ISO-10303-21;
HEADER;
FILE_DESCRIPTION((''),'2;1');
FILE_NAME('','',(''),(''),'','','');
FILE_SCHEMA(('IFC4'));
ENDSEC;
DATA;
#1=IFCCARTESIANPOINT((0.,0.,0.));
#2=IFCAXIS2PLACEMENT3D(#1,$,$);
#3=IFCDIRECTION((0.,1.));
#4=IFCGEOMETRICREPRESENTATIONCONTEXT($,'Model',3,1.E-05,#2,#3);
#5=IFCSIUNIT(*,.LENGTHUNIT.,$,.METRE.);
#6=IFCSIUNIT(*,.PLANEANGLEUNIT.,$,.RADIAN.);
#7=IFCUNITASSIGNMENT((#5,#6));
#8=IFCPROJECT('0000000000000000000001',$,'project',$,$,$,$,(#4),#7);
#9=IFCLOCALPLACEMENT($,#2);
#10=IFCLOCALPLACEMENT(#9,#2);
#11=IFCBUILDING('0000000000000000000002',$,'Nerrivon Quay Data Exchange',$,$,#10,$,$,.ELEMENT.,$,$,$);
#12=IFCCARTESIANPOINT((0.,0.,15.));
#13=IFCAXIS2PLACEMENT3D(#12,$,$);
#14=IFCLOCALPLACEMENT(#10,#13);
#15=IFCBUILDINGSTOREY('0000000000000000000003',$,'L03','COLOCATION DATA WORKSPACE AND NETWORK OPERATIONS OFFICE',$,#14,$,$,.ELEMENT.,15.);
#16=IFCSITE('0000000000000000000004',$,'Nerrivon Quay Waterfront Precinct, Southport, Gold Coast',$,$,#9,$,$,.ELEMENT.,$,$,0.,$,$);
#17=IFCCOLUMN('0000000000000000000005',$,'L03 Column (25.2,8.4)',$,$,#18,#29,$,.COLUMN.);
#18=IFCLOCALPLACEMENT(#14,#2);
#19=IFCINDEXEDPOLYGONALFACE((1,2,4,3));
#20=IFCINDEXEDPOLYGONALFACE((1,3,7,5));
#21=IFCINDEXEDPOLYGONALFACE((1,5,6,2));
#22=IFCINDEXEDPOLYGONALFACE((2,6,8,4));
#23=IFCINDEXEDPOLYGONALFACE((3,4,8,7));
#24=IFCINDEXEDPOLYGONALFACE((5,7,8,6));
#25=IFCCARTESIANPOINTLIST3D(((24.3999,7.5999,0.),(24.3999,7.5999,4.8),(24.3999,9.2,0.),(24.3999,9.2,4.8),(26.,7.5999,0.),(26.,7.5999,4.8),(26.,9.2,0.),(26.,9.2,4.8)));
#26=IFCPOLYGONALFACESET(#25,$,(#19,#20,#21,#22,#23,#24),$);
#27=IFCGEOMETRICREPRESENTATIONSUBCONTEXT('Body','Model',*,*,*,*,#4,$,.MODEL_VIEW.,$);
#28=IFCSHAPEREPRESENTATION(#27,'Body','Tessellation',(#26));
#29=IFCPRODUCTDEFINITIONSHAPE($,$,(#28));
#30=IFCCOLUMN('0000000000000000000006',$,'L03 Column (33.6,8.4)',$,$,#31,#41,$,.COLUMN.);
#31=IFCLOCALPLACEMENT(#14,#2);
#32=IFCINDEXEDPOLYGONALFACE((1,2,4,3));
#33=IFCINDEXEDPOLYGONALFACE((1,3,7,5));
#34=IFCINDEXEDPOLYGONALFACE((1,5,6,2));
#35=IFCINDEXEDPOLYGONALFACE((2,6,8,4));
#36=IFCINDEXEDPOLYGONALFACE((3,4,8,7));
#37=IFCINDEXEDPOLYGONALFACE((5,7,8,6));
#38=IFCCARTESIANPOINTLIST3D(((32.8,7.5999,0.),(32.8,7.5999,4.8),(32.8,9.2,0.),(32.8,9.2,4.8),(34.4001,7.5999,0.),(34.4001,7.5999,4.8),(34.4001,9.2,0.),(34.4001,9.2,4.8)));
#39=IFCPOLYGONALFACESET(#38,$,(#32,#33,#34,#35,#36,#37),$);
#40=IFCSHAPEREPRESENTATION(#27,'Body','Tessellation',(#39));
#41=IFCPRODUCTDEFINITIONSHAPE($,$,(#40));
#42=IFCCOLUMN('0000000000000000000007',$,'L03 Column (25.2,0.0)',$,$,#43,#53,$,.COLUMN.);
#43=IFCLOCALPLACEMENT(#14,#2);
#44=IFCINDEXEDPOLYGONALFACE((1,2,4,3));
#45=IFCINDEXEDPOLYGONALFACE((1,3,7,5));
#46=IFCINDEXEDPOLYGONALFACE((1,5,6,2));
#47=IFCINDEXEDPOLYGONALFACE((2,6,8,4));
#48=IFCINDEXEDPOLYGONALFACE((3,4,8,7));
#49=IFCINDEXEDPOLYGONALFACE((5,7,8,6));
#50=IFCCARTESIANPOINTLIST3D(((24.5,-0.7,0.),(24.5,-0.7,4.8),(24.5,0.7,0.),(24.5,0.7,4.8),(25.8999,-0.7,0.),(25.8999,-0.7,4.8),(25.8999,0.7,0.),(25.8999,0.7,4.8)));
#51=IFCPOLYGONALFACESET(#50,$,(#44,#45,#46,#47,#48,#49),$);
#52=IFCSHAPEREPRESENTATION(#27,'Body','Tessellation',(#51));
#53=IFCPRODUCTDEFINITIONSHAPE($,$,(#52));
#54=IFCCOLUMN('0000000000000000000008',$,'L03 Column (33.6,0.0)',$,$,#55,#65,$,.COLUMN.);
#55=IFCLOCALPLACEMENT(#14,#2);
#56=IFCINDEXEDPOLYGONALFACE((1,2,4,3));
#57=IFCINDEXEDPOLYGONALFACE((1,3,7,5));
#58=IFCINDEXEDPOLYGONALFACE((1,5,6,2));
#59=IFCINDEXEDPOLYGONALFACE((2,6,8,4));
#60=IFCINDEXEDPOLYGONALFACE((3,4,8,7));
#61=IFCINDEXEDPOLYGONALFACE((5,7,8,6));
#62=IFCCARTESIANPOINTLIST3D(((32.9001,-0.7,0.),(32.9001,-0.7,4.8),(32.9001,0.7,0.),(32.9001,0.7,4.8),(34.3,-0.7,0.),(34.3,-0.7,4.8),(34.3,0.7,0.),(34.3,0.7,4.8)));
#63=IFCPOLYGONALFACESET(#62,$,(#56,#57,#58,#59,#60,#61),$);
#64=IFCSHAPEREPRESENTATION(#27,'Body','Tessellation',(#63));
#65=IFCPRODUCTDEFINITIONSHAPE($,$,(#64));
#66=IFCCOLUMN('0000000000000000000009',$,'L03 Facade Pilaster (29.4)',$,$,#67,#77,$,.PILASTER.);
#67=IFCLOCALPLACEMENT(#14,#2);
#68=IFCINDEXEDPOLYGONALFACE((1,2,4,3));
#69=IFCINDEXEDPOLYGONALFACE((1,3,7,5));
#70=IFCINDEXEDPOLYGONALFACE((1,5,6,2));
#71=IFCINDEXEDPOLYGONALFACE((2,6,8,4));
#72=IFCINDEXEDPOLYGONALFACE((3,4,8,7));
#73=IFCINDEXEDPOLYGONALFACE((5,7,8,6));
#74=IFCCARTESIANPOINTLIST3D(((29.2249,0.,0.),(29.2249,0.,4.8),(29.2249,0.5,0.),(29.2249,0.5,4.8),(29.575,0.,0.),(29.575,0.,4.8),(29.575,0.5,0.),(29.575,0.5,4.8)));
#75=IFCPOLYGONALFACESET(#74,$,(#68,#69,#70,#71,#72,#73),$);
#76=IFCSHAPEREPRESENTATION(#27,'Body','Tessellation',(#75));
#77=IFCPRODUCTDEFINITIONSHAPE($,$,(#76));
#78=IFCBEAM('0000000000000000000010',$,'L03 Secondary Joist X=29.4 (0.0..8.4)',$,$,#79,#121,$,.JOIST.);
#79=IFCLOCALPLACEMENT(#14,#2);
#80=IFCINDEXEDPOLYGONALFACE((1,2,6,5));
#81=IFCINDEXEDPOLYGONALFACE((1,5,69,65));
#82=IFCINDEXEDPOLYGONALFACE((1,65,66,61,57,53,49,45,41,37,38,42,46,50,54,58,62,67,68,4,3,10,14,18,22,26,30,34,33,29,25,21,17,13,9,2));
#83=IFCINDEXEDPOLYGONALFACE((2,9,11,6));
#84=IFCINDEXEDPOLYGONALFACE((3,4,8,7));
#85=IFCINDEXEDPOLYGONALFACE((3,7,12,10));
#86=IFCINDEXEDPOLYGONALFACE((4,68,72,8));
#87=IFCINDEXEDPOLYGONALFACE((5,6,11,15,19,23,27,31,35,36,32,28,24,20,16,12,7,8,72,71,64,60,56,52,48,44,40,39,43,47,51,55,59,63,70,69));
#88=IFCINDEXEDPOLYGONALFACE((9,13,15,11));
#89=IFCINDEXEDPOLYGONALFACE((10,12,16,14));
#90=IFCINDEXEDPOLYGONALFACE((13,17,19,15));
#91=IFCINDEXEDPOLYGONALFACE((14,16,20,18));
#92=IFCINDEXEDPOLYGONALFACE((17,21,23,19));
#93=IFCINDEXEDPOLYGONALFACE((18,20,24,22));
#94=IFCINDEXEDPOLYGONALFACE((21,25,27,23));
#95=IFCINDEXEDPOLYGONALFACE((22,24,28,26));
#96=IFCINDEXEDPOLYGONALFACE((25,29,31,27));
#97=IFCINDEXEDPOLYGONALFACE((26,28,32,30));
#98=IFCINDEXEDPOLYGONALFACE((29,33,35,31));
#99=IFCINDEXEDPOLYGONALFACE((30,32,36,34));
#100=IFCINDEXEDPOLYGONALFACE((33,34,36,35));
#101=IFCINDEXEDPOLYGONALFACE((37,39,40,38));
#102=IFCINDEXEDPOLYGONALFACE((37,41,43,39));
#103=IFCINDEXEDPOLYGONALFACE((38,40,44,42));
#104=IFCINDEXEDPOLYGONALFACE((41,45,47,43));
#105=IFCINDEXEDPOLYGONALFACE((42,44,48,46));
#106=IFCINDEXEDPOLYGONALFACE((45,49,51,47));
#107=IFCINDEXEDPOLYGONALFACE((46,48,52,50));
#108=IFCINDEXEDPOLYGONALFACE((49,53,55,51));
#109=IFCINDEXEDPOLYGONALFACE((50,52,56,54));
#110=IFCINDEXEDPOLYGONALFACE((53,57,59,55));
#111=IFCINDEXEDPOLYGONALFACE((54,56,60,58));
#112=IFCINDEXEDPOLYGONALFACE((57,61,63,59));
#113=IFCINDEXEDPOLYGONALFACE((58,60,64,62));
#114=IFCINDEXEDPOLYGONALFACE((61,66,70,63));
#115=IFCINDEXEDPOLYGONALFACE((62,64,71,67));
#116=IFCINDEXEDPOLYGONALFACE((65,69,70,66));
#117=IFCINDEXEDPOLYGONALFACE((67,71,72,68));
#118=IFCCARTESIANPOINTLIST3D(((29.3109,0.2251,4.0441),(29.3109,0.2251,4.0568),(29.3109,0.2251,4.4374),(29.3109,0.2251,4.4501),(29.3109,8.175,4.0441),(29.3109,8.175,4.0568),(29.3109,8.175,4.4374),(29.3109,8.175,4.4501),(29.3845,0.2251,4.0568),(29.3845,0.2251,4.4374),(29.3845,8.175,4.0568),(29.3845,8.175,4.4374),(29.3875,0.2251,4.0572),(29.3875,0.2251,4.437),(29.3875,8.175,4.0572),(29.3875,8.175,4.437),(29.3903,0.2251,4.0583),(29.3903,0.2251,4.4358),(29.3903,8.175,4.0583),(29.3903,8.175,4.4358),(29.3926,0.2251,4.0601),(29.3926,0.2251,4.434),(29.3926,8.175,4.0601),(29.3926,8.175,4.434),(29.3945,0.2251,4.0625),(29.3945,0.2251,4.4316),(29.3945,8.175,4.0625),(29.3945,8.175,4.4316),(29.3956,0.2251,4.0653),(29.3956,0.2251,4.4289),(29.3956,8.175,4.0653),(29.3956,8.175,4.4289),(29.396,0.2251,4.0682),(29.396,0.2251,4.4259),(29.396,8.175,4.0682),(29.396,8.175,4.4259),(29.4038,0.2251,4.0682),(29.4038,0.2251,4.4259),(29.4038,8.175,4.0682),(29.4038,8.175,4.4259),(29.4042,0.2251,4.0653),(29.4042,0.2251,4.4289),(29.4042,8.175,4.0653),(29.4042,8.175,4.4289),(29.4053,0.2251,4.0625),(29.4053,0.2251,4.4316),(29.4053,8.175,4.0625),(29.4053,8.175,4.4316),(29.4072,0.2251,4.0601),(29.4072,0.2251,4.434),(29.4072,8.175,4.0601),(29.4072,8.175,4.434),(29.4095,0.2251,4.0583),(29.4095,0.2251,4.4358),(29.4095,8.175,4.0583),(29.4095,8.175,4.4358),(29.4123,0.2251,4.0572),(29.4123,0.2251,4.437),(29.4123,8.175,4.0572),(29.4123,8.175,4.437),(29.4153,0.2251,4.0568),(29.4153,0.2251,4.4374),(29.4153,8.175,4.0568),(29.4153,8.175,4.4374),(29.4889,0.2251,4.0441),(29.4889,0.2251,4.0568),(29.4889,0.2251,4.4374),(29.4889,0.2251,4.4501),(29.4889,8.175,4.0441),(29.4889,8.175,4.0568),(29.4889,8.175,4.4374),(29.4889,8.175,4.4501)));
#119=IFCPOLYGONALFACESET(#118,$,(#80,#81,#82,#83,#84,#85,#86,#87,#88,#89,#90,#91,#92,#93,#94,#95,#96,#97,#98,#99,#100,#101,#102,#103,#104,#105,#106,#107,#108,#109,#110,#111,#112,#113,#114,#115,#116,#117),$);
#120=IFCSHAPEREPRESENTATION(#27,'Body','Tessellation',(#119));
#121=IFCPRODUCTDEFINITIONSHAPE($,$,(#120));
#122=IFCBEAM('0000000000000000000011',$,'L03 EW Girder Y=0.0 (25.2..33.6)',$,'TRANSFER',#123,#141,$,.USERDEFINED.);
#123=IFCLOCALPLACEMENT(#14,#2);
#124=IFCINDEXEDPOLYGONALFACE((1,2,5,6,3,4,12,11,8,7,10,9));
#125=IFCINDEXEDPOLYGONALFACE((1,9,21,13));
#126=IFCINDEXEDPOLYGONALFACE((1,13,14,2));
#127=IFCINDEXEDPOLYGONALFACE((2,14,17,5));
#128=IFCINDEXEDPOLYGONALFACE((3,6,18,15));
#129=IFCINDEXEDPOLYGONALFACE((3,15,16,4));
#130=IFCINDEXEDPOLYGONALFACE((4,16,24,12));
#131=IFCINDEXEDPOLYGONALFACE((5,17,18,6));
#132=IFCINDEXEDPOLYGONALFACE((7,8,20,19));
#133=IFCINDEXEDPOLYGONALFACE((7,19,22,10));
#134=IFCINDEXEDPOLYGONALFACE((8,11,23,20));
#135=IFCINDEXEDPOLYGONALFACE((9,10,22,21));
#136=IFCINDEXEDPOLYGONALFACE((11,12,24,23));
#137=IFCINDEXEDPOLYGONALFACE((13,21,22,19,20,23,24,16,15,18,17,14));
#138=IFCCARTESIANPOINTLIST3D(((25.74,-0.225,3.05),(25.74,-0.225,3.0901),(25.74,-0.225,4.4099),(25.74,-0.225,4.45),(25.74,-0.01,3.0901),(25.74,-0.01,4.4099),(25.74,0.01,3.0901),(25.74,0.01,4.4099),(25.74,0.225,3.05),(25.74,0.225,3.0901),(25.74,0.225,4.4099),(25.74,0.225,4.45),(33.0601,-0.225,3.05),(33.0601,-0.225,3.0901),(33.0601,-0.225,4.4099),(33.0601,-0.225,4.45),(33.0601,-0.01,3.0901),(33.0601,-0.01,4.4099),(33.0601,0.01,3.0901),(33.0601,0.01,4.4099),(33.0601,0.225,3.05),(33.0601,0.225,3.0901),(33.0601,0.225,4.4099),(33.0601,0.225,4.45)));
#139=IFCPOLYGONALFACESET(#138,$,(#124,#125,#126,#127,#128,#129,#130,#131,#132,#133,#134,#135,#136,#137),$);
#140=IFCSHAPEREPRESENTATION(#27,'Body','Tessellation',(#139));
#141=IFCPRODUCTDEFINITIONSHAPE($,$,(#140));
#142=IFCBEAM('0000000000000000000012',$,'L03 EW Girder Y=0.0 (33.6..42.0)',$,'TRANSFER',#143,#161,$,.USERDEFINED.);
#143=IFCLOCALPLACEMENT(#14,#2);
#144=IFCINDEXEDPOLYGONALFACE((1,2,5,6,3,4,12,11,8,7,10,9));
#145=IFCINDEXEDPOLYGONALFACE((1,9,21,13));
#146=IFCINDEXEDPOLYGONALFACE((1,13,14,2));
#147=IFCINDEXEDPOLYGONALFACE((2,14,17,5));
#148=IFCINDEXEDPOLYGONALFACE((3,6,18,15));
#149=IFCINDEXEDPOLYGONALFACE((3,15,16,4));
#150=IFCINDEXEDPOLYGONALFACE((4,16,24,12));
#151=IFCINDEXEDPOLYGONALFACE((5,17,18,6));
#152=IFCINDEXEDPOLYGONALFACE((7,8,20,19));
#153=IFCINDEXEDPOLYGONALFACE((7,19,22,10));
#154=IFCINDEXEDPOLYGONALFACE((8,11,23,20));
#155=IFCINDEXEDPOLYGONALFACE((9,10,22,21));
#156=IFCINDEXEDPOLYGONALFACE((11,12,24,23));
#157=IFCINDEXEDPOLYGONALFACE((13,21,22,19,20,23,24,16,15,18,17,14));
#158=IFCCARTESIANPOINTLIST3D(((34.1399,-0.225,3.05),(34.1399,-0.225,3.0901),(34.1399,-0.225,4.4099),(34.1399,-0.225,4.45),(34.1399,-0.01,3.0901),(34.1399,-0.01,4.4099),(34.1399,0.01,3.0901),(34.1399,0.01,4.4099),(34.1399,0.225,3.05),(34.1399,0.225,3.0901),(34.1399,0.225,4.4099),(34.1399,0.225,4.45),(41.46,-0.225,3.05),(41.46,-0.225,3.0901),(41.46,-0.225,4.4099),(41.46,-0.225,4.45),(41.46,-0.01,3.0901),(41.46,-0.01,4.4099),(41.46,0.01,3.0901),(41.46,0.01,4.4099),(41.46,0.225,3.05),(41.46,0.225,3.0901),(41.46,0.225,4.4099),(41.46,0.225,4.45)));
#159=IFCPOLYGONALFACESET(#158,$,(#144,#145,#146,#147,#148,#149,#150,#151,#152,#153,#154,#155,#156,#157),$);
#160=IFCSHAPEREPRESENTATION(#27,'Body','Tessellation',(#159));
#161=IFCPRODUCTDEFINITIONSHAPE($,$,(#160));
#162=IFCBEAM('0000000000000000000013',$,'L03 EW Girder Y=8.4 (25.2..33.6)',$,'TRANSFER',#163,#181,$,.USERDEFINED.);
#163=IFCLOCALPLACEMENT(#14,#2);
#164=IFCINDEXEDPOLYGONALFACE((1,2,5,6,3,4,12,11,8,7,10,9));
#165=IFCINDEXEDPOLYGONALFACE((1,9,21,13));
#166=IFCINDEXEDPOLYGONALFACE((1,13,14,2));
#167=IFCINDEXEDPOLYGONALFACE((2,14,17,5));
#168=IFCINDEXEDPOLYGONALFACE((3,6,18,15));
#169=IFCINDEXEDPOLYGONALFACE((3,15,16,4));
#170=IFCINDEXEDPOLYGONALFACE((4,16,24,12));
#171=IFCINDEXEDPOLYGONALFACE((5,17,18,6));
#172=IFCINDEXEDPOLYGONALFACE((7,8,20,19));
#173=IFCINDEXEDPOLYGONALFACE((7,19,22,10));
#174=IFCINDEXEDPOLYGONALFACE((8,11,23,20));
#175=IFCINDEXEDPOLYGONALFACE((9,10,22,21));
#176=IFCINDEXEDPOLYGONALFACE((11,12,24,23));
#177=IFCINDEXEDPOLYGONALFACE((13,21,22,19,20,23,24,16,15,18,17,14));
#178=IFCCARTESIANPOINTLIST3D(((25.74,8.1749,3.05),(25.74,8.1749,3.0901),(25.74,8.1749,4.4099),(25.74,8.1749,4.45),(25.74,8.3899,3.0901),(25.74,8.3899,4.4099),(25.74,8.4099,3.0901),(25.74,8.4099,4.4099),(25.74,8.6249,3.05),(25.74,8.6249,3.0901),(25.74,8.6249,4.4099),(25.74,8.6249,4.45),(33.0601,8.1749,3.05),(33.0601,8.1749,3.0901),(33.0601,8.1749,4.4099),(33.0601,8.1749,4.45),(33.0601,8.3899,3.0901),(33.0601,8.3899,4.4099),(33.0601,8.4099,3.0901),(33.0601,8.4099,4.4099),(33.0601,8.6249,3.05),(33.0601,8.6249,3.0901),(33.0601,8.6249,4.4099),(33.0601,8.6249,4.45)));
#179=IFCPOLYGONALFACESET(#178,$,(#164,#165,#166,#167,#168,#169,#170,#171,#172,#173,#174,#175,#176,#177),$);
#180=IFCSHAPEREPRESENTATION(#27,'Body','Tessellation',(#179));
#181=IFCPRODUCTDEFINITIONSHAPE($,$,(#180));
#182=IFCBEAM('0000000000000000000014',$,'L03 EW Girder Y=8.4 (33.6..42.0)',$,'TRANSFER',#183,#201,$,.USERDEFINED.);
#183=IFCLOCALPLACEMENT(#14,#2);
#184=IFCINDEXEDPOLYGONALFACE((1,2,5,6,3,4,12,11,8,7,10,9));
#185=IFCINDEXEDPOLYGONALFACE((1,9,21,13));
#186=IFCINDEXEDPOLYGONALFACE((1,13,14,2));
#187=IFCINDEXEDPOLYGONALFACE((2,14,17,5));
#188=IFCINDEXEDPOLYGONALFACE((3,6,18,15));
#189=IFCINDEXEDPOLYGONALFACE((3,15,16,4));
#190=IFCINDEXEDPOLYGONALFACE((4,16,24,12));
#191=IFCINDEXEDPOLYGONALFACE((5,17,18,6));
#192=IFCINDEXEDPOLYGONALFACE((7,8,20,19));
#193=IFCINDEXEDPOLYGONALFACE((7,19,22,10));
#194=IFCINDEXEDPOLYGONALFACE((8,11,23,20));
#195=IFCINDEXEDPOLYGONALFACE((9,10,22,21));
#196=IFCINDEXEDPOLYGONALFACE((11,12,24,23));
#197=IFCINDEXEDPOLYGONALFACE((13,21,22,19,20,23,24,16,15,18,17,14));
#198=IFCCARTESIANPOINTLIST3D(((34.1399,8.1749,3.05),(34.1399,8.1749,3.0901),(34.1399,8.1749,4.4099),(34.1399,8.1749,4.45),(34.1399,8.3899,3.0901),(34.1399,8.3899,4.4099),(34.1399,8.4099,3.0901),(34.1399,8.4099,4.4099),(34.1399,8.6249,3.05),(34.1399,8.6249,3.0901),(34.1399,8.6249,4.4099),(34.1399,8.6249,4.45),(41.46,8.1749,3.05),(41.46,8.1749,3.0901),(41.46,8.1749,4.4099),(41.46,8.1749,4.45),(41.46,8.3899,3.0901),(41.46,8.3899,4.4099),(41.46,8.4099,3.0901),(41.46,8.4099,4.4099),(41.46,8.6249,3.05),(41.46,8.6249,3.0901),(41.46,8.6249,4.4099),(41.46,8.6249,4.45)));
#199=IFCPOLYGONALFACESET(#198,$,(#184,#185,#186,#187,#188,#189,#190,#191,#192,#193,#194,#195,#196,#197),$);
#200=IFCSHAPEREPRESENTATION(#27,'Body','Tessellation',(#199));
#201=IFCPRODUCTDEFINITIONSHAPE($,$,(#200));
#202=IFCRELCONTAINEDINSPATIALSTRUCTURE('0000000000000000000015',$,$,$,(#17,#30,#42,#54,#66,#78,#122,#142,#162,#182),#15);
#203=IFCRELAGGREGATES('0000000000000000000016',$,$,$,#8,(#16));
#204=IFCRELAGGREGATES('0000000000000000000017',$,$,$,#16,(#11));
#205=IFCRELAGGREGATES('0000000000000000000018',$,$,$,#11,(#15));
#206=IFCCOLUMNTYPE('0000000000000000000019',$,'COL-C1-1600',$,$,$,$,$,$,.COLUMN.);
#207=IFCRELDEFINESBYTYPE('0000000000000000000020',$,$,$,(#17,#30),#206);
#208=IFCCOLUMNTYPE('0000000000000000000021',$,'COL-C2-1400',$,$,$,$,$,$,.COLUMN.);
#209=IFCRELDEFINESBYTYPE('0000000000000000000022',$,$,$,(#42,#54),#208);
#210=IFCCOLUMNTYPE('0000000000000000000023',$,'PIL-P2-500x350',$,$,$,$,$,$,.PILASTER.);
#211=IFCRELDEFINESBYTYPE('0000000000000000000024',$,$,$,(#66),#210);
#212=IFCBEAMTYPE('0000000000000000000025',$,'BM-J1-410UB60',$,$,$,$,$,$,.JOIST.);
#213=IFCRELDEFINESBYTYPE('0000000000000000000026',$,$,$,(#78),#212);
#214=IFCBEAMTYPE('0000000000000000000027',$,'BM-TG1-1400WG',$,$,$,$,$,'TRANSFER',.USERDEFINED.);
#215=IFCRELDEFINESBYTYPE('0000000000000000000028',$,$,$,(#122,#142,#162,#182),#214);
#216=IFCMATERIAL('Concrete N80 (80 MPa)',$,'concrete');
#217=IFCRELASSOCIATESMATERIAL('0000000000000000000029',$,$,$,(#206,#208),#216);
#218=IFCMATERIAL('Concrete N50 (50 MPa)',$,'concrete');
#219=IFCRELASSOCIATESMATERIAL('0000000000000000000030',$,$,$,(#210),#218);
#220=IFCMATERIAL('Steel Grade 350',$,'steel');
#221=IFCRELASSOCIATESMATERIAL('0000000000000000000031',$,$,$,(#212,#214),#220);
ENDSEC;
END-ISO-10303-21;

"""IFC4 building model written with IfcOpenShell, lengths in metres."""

from ifc_helpers import new_model, si_unit, direction, frame, origin, origin_2d, place, context, subcontext, project, spatial, rectangle, i_section, extrude, material, material_profile, profile_set, type_object, element, save


model = new_model("IFC4")

# Units and contexts
model_context = context("Model", 3, precision=1e-05, world=origin(), true_north=direction((0.0, 1.0)))
body_context = subcontext(model_context, "Body", "Model", "MODEL_VIEW")
ifc_project = project(units=[si_unit("LENGTHUNIT", "METRE"), si_unit("PLANEANGLEUNIT", "RADIAN")], contexts=[model_context])

# Site, building, storey
site_placement = place(None, origin())
site = spatial("IfcSite", under=ifc_project, at=site_placement, Name="Nerrivon Quay Waterfront Precinct, Southport, Gold Coast", CompositionType="ELEMENT", RefElevation=0.0)
building_placement = place(site_placement, origin())
building = spatial("IfcBuilding", under=site, at=building_placement, Name="Nerrivon Quay Data Exchange", CompositionType="ELEMENT")
storey_placement = place(building_placement, frame((0.0, 0.0, 15.0)))
storey = spatial("IfcBuildingStorey", under=building, at=storey_placement, Name="L03", Description="COLOCATION DATA WORKSPACE AND NETWORK OPERATIONS OFFICE", CompositionType="ELEMENT", Elevation=15.0)

# Columns
ifc_material_1 = material(Name="Concrete N80 (80 MPa)", Category="concrete")
ifc_material_profile_1 = material_profile(ifc_material_1, rectangle(XDim=1.6001, YDim=1.6001, at=origin_2d()), Name="RC-COL-1600x1600")
ifc_profile_set_1 = profile_set([ifc_material_profile_1], Name="Concrete N80 (80 MPa)")
column_type_1 = type_object("IfcColumnType", Name="COL-C1-1600", PredefinedType="COLUMN", material=ifc_profile_set_1)
for number, where, z_axis, x_axis, name in (
    (1, (25.2, 8.3999, 0.0), (0.0, 0.0, 1.0), (1.0, 0.0, 0.0), "L03 Column (25.2,8.4)"),
    (2, (33.6001, 8.3999, 0.0), (0.0, 0.0, 1.0), (1.0, 0.0, 0.0), "L03 Column (33.6,8.4)"),
):
    element("IfcColumn", number, at=place(storey_placement, frame(where, z_axis=z_axis, x_axis=x_axis)), inside=storey, type_object=column_type_1, Name=name, PredefinedType="COLUMN", context=body_context, shape_type="SweptSolid", body=[
        extrude(rectangle(XDim=1.6001, YDim=1.6001, at=origin_2d()), origin(), (0.0, 0.0, 1.0), 4.8),
    ])
ifc_material_profile_2 = material_profile(ifc_material_1, rectangle(XDim=1.3999, YDim=1.3999, at=origin_2d()), Name="RC-COL-1400x1400")
ifc_profile_set_2 = profile_set([ifc_material_profile_2], Name="Concrete N80 (80 MPa)")
column_type_2 = type_object("IfcColumnType", Name="COL-C2-1400", PredefinedType="COLUMN", material=ifc_profile_set_2)
for number, where, z_axis, x_axis, name in (
    (3, (25.2, 0.0, 0.0), (0.0, 0.0, 1.0), (1.0, 0.0, 0.0), "L03 Column (25.2,0.0)"),
    (4, (33.6001, 0.0, 0.0), (0.0, 0.0, 1.0), (1.0, 0.0, 0.0), "L03 Column (33.6,0.0)"),
):
    element("IfcColumn", number, at=place(storey_placement, frame(where, z_axis=z_axis, x_axis=x_axis)), inside=storey, type_object=column_type_2, Name=name, PredefinedType="COLUMN", context=body_context, shape_type="SweptSolid", body=[
        extrude(rectangle(XDim=1.3999, YDim=1.3999, at=origin_2d()), origin(), (0.0, 0.0, 1.0), 4.8),
    ])
ifc_material_2 = material(Name="Concrete N50 (50 MPa)", Category="concrete")
ifc_material_profile_3 = material_profile(ifc_material_2, rectangle(XDim=0.3501, YDim=0.5, at=origin_2d()), Name="RC-PIL-500x350")
ifc_profile_set_3 = profile_set([ifc_material_profile_3], Name="Concrete N50 (50 MPa)")
column_type_3 = type_object("IfcColumnType", Name="PIL-P2-500x350", PredefinedType="PILASTER", material=ifc_profile_set_3)
column_placement = place(storey_placement, frame((29.3999, 0.25, 0.0), z_axis=(0.0, 0.0, 1.0), x_axis=(1.0, 0.0, 0.0)))
element("IfcColumn", 5, at=column_placement, inside=storey, type_object=column_type_3, Name="L03 Facade Pilaster (29.4)", PredefinedType="PILASTER", context=body_context, shape_type="SweptSolid", body=[
    extrude(rectangle(XDim=0.3501, YDim=0.5, at=origin_2d()), origin(), (0.0, 0.0, 1.0), 4.8),
])

# Beams
ifc_material_3 = material(Name="Steel Grade 350", Category="steel")
ifc_material_profile_4 = material_profile(ifc_material_3, i_section(OverallWidth=0.178, OverallDepth=0.406, WebThickness=0.0078, FlangeThickness=0.0127, FilletRadius=0.0115, at=origin_2d()), Name="410UB59.7")
ifc_profile_set_4 = profile_set([ifc_material_profile_4], Name="Steel Grade 350")
beam_type_1 = type_object("IfcBeamType", Name="BM-J1-410UB60", PredefinedType="JOIST", material=ifc_profile_set_4)
beam_placement = place(storey_placement, frame((29.3999, 0.2251, 4.2471), z_axis=(0.0, 1.0, 0.0), x_axis=(-1.0, 0.0, 0.0)))
element("IfcBeam", 6, at=beam_placement, inside=storey, type_object=beam_type_1, Name="L03 Secondary Joist X=29.4 (0.0..8.4)", PredefinedType="JOIST", context=body_context, shape_type="SweptSolid", body=[
    extrude(i_section(OverallWidth=0.178, OverallDepth=0.406, WebThickness=0.0078, FlangeThickness=0.0127, FilletRadius=0.0115, at=origin_2d()), origin(), (0.0, 0.0, 1.0), 7.95),
])
ifc_material_profile_5 = material_profile(ifc_material_3, i_section(OverallWidth=0.45, OverallDepth=1.3999, WebThickness=0.02, FlangeThickness=0.04, at=origin_2d()), Name="1400WG455")
ifc_profile_set_5 = profile_set([ifc_material_profile_5], Name="Steel Grade 350")
beam_type_2 = type_object("IfcBeamType", Name="BM-TG1-1400WG", ElementType="TRANSFER", PredefinedType="USERDEFINED", material=ifc_profile_set_5)
for number, where, z_axis, x_axis, name in (
    (7, (25.74, 0.0, 3.75), (1.0, 0.0, 0.0), (0.0, 1.0, 0.0), "L03 EW Girder Y=0.0 (25.2..33.6)"),
    (8, (34.1399, 0.0, 3.75), (1.0, 0.0, 0.0), (0.0, 1.0, 0.0), "L03 EW Girder Y=0.0 (33.6..42.0)"),
    (9, (25.74, 8.3999, 3.75), (1.0, 0.0, 0.0), (0.0, 1.0, 0.0), "L03 EW Girder Y=8.4 (25.2..33.6)"),
    (10, (34.1399, 8.3999, 3.75), (1.0, 0.0, 0.0), (0.0, 1.0, 0.0), "L03 EW Girder Y=8.4 (33.6..42.0)"),
):
    element("IfcBeam", number, at=place(storey_placement, frame(where, z_axis=z_axis, x_axis=x_axis)), inside=storey, type_object=beam_type_2, Name=name, ObjectType="TRANSFER", PredefinedType="USERDEFINED", context=body_context, shape_type="SweptSolid", body=[
        extrude(i_section(OverallWidth=0.45, OverallDepth=1.3999, WebThickness=0.02, FlangeThickness=0.04, at=origin_2d()), origin(), (0.0, 0.0, 1.0), 7.3201),
    ])

save(model, "model.ifc")
